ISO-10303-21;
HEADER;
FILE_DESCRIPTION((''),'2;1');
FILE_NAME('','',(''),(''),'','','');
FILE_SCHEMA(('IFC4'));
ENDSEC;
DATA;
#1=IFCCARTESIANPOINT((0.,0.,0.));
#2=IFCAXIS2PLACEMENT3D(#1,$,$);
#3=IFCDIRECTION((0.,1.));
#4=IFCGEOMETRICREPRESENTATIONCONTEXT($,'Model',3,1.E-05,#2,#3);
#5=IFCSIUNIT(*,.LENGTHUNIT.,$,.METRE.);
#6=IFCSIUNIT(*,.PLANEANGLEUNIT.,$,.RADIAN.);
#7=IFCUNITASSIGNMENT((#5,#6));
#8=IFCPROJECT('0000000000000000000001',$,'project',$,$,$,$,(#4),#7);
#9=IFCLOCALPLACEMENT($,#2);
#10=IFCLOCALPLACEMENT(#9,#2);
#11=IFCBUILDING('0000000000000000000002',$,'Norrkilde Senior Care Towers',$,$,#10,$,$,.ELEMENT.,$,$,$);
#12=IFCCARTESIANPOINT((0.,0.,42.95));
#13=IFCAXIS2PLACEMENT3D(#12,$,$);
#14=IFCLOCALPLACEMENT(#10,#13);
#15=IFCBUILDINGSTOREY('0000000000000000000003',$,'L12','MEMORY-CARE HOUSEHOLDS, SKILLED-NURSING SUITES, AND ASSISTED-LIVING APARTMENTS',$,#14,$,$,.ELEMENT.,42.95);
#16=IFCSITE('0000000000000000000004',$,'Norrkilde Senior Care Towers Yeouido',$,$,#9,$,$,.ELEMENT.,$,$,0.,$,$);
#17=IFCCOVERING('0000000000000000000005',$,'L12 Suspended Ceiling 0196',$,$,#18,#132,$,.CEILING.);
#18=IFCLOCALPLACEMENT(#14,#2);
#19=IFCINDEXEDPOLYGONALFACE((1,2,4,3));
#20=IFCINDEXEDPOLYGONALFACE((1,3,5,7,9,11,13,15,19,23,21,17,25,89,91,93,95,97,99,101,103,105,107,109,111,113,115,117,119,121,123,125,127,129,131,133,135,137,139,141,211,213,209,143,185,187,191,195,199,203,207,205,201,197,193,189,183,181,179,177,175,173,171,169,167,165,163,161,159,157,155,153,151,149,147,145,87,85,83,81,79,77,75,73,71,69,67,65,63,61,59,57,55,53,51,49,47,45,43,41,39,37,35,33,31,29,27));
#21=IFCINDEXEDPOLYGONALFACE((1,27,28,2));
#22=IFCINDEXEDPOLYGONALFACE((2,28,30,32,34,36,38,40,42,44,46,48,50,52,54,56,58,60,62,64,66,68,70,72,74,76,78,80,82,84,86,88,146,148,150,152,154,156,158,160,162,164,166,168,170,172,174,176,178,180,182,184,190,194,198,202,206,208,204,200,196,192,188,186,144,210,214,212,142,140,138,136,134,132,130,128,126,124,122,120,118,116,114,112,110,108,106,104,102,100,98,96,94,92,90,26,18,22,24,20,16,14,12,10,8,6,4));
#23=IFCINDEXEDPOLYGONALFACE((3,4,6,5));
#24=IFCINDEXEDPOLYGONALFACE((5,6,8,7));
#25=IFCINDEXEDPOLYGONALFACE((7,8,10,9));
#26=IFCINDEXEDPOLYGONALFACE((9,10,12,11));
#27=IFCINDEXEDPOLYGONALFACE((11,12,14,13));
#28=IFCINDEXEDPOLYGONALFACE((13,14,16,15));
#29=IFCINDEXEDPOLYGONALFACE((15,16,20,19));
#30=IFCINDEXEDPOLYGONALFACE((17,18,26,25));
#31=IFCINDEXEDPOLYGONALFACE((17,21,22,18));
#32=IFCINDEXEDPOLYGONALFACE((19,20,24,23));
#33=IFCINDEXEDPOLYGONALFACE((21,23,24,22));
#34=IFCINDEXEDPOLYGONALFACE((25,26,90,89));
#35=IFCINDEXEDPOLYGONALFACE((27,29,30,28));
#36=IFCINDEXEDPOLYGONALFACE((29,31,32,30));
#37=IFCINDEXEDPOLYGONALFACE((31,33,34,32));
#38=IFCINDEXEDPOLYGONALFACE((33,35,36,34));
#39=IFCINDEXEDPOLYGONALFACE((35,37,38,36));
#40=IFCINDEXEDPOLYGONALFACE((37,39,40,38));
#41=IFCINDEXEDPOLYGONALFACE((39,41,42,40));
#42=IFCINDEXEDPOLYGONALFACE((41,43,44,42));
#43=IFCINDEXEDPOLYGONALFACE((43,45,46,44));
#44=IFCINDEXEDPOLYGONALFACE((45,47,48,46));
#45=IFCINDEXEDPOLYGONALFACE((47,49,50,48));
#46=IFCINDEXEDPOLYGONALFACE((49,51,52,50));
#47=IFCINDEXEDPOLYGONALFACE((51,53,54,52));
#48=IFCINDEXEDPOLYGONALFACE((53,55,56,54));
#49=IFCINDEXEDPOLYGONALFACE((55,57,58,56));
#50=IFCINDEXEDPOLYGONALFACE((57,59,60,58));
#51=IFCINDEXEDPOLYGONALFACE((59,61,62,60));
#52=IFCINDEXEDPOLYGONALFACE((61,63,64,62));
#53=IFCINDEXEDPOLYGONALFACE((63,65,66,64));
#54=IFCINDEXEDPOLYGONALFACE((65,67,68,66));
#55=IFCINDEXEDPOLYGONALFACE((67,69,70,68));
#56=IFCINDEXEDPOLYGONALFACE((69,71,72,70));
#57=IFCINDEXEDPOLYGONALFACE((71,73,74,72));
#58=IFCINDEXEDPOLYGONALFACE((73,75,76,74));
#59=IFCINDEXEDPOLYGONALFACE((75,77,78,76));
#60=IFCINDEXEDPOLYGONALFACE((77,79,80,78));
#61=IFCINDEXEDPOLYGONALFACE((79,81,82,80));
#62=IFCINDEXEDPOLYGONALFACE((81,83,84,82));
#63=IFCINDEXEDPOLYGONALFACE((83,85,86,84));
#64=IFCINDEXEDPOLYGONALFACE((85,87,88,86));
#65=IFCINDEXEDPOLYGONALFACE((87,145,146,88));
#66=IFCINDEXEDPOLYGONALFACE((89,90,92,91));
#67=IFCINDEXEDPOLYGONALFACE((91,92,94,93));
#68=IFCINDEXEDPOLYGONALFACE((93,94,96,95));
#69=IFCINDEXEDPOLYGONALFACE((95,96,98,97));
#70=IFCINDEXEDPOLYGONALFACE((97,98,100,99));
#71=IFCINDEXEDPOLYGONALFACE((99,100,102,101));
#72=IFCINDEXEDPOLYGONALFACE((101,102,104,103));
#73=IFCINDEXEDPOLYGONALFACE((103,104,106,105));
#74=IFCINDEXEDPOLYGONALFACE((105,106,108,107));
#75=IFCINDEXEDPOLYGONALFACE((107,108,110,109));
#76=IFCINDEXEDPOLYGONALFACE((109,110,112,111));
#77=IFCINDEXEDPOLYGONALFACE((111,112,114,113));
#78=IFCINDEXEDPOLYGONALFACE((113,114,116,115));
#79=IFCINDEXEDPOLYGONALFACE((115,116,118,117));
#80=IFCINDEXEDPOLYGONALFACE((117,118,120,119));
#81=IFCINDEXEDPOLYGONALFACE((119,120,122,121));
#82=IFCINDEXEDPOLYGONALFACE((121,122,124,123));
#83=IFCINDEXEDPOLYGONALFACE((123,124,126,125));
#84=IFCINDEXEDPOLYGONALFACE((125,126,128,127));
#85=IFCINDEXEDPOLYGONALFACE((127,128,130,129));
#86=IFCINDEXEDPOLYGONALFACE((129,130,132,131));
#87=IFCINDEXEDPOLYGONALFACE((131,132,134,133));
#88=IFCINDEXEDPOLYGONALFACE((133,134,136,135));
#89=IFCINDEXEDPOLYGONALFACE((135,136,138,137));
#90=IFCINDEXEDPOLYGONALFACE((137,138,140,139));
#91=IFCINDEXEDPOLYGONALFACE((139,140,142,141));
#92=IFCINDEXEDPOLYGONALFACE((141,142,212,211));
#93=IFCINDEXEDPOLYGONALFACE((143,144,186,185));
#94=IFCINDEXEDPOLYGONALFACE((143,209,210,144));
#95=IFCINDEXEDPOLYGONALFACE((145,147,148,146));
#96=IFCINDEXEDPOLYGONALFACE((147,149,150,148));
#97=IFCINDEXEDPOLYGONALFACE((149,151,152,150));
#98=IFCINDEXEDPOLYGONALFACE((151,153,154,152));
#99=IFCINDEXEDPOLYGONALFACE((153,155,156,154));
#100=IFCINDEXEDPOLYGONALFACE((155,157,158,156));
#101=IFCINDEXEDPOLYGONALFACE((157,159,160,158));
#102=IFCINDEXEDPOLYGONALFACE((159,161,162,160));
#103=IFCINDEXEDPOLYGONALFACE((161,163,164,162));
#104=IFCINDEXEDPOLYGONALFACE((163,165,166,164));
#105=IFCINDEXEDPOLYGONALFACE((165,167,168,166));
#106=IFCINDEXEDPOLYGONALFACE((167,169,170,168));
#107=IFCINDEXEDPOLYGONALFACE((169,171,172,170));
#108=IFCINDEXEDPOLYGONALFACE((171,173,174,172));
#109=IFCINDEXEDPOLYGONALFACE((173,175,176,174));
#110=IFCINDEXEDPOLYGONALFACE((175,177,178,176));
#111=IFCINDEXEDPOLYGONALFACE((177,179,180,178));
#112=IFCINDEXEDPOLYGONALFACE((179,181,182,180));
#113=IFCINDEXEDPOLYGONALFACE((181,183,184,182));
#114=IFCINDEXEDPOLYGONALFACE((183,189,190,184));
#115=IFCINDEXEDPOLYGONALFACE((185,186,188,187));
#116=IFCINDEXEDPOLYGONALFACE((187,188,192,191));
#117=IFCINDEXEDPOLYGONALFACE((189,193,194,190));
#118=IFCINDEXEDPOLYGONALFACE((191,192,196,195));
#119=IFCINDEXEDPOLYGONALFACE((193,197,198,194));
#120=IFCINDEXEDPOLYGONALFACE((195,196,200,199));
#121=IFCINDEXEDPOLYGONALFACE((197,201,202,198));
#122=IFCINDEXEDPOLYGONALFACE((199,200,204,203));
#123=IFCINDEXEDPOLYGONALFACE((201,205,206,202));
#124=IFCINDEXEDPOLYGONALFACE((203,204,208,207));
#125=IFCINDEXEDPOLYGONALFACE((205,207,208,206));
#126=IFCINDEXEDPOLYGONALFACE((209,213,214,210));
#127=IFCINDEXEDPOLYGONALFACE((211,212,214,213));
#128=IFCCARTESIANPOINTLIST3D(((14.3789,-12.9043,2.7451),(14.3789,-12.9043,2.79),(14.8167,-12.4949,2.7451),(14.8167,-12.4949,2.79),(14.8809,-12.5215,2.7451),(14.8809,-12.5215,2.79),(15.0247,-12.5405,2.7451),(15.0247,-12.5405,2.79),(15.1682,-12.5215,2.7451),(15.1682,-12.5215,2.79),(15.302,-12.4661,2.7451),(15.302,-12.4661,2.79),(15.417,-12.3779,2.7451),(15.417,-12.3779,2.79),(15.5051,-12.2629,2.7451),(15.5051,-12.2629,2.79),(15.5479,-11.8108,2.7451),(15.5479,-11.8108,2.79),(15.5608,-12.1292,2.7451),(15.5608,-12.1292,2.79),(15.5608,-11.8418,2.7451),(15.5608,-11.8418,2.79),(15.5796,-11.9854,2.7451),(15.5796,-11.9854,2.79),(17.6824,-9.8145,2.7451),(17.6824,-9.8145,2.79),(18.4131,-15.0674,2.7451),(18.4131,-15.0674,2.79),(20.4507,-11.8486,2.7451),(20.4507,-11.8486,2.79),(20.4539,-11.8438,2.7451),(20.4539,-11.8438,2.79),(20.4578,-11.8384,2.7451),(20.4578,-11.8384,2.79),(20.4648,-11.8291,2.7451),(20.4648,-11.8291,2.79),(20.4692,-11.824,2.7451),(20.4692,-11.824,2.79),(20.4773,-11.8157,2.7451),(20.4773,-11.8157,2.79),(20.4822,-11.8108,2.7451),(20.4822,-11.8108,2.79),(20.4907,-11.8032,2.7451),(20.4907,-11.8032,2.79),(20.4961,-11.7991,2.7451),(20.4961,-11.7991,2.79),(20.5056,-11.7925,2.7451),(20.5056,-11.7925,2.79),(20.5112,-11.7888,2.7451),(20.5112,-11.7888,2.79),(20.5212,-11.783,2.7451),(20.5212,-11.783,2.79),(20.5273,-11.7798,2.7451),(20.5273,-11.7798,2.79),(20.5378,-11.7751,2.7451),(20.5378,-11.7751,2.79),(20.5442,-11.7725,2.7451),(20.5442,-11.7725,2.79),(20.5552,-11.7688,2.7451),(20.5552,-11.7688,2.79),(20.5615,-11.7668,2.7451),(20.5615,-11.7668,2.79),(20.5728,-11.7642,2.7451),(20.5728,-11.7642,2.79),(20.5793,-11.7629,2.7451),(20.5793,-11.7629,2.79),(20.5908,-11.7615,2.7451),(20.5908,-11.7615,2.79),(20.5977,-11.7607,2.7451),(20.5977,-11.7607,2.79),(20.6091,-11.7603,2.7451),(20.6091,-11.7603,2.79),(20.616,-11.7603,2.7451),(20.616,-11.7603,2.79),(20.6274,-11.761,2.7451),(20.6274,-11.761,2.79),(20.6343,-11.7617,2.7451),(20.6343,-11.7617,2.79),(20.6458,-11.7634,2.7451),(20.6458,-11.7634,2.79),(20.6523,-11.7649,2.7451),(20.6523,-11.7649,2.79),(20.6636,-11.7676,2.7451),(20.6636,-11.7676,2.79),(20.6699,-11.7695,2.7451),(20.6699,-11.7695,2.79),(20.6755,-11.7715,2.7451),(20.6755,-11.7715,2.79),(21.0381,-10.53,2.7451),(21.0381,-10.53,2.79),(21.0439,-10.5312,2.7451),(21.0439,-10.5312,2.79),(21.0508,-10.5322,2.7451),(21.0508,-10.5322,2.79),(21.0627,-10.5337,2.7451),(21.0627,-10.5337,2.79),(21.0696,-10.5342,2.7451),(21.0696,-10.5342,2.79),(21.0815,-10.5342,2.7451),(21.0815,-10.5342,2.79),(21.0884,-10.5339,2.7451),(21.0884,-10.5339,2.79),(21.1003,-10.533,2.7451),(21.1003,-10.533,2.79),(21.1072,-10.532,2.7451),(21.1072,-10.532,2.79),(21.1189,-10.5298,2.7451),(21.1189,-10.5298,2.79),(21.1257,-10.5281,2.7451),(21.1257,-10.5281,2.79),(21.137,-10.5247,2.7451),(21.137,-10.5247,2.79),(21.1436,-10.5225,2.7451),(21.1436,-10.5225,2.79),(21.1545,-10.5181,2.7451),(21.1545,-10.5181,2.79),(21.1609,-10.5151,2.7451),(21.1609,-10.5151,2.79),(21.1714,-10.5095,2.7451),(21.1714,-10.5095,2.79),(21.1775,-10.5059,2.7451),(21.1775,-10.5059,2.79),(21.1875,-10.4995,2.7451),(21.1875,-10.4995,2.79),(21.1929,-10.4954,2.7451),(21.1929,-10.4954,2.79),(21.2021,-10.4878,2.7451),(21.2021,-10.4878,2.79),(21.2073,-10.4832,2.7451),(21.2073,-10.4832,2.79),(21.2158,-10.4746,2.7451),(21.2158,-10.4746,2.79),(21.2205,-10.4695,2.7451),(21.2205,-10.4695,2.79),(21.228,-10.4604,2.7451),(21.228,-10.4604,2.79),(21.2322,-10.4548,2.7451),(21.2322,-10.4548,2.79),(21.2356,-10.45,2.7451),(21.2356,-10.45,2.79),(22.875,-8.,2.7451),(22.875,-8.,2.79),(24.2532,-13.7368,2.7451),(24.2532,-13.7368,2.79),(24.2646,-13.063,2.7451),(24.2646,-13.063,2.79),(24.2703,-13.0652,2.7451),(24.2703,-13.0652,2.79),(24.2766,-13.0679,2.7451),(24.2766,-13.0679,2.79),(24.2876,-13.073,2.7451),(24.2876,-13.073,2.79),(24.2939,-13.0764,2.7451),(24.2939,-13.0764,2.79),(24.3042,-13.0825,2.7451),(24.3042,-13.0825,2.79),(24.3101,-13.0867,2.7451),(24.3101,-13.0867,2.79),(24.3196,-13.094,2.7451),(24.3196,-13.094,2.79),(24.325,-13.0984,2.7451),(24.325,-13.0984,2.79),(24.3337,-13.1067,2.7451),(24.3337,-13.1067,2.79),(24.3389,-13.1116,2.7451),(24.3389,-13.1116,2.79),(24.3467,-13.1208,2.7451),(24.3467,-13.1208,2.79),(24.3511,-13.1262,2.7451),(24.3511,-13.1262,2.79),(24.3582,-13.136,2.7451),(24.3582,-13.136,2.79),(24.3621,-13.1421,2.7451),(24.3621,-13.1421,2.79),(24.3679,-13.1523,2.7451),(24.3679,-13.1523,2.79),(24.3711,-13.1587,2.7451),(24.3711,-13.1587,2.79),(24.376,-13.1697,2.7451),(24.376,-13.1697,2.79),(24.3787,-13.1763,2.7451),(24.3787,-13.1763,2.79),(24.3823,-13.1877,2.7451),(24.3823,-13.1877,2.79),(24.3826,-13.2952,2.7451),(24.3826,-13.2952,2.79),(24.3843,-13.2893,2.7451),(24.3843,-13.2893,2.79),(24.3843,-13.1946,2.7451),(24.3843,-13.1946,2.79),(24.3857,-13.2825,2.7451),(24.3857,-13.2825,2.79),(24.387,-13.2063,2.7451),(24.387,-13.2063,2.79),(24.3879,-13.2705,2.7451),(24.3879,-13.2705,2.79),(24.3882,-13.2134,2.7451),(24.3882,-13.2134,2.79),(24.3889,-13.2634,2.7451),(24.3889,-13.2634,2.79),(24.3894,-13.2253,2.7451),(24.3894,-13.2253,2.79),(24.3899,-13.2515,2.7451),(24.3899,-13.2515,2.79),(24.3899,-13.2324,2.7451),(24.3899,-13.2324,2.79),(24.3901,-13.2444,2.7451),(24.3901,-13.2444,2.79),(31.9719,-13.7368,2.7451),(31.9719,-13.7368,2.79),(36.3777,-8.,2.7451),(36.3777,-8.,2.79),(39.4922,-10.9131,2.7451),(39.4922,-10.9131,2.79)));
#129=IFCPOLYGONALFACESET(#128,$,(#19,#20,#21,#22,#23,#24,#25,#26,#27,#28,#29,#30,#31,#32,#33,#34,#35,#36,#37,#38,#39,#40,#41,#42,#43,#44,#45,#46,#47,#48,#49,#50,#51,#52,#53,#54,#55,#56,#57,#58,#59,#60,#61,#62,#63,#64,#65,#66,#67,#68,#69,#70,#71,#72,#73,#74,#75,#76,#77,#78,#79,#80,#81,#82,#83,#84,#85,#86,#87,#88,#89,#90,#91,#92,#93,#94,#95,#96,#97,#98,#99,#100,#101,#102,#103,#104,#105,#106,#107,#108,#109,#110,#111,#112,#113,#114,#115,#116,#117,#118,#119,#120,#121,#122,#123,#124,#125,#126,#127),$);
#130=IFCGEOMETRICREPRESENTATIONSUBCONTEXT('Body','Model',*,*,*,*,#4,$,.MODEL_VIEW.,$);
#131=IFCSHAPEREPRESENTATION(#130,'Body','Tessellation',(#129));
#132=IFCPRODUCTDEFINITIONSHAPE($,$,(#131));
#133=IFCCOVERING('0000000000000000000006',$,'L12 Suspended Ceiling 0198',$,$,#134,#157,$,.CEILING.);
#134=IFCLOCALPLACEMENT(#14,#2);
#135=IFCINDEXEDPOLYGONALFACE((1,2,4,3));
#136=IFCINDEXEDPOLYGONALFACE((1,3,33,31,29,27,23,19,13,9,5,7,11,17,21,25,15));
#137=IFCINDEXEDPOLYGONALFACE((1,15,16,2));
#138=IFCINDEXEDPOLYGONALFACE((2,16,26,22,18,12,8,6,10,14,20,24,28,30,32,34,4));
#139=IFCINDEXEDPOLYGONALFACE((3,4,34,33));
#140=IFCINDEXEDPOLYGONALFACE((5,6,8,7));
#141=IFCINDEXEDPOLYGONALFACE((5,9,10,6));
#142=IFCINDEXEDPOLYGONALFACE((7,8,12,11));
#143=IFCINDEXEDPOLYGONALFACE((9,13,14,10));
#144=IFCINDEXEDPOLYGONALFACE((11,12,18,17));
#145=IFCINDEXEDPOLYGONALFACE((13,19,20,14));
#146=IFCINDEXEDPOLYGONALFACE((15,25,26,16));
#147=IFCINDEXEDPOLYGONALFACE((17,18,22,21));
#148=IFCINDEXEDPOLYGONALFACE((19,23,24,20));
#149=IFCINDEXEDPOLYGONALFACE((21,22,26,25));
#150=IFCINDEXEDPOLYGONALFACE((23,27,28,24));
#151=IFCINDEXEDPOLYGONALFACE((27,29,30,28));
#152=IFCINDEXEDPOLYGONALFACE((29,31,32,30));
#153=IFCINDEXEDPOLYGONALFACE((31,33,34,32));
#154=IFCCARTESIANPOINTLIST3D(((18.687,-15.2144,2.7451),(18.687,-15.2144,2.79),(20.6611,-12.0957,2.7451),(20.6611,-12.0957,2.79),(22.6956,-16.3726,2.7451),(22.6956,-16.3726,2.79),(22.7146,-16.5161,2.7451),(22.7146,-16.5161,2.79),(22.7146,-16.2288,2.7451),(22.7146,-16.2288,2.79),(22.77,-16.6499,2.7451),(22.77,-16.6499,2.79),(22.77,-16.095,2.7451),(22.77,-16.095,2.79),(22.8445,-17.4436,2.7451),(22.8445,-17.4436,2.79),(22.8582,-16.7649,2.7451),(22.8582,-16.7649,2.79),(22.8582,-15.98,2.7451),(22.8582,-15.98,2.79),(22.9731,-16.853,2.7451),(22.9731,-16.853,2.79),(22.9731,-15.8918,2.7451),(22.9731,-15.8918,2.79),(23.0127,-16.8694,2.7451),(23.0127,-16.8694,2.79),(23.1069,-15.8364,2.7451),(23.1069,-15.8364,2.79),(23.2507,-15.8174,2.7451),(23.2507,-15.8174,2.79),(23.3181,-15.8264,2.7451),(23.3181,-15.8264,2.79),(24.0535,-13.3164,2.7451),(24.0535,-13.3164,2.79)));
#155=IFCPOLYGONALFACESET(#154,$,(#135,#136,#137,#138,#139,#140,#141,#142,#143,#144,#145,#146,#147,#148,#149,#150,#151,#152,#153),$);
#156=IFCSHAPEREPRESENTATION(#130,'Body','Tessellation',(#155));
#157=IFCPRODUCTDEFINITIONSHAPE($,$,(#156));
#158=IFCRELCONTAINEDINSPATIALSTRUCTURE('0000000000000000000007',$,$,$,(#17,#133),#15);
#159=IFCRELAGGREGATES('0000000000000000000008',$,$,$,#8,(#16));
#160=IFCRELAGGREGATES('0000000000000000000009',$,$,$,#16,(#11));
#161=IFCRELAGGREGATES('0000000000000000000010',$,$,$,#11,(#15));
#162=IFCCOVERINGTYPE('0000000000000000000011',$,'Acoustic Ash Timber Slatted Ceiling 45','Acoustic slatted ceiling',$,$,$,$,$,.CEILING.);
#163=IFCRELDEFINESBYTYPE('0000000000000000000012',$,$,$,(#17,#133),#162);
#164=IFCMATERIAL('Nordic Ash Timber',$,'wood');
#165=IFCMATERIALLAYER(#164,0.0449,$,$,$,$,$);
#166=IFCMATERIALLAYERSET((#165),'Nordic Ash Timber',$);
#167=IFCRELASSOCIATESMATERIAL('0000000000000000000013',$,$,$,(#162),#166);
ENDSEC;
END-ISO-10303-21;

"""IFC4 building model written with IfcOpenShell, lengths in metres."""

from ifc_helpers import new_model, si_unit, direction, frame, origin, place, context, subcontext, project, spatial, polyline, outline, extrude, material, layer, layer_set, type_object, element, save


model = new_model("IFC4")

# Units and contexts
model_context = context("Model", 3, precision=1e-05, world=origin(), true_north=direction((0.0, 1.0)))
body_context = subcontext(model_context, "Body", "Model", "MODEL_VIEW")
ifc_project = project(units=[si_unit("LENGTHUNIT", "METRE"), si_unit("PLANEANGLEUNIT", "RADIAN")], contexts=[model_context])

# Site, building, storey
site_placement = place(None, origin())
site = spatial("IfcSite", under=ifc_project, at=site_placement, Name="Norrkilde Senior Care Towers Yeouido", CompositionType="ELEMENT", RefElevation=0.0)
building_placement = place(site_placement, origin())
building = spatial("IfcBuilding", under=site, at=building_placement, Name="Norrkilde Senior Care Towers", CompositionType="ELEMENT")
storey_placement = place(building_placement, frame((0.0, 0.0, 42.95)))
storey = spatial("IfcBuildingStorey", under=building, at=storey_placement, Name="L12", Description="MEMORY-CARE HOUSEHOLDS, SKILLED-NURSING SUITES, AND ASSISTED-LIVING APARTMENTS", CompositionType="ELEMENT", Elevation=42.95)

# Coverings
ifc_material_1 = material(Name="Nordic Ash Timber", Category="wood")
ifc_layer_1 = layer(ifc_material_1, 0.0449)
ifc_layer_set_1 = layer_set([ifc_layer_1], Name="Nordic Ash Timber")
covering_type_1 = type_object("IfcCoveringType", Name="Acoustic Ash Timber Slatted Ceiling 45", Description="Acoustic slatted ceiling", PredefinedType="CEILING", material=ifc_layer_set_1)
covering_1_placement = place(storey_placement, frame((0.0, 0.0, 2.7451)))
element("IfcCovering", 1, at=covering_1_placement, inside=storey, type_object=covering_type_1, Name="L12 Suspended Ceiling 0196", PredefinedType="CEILING", context=body_context, shape_type="SweptSolid", body=[
    extrude(outline(polyline([(21.0815, -10.5342), (21.0884, -10.5339), (21.1003, -10.533), (21.1072, -10.532), (21.1189, -10.5298), (21.1257, -10.5281), (21.137, -10.5247), (21.1436, -10.5225), (21.1545, -10.5181), (21.1609, -10.5151), (21.1714, -10.5095), (21.1775, -10.5059), (21.1875, -10.4995), (21.1929, -10.4954), (21.2021, -10.4878), (21.2073, -10.4832), (21.2158, -10.4746), (21.2205, -10.4695), (21.228, -10.4604), (21.2322, -10.4548), (21.2356, -10.45), (22.875, -8.0), (36.3777, -8.0), (39.4922, -10.9131), (31.9719, -13.7368), (24.2532, -13.7368), (24.3826, -13.2952), (24.3843, -13.2893), (24.3857, -13.2825), (24.3879, -13.2705), (24.3889, -13.2634), (24.3899, -13.2515), (24.3901, -13.2444), (24.3899, -13.2324), (24.3894, -13.2253), (24.3882, -13.2134), (24.387, -13.2063), (24.3843, -13.1946), (24.3823, -13.1877), (24.3787, -13.1763), (24.376, -13.1697), (24.3711, -13.1587), (24.3679, -13.1523), (24.3621, -13.1421), (24.3582, -13.136), (24.3511, -13.1262), (24.3467, -13.1208), (24.3389, -13.1116), (24.3337, -13.1067), (24.325, -13.0984), (24.3196, -13.094), (24.3101, -13.0867), (24.3042, -13.0825), (24.2939, -13.0764), (24.2876, -13.073), (24.2766, -13.0679), (24.2703, -13.0652), (24.2646, -13.063), (20.6755, -11.7715), (20.6699, -11.7695), (20.6636, -11.7676), (20.6523, -11.7649), (20.6458, -11.7634), (20.6343, -11.7617), (20.6274, -11.761), (20.616, -11.7603), (20.6091, -11.7603), (20.5977, -11.7607), (20.5908, -11.7615), (20.5793, -11.7629), (20.5728, -11.7642), (20.5615, -11.7668), (20.5552, -11.7688), (20.5442, -11.7725), (20.5378, -11.7751), (20.5273, -11.7798), (20.5212, -11.783), (20.5112, -11.7888), (20.5056, -11.7925), (20.4961, -11.7991), (20.4907, -11.8032), (20.4822, -11.8108), (20.4773, -11.8157), (20.4692, -11.824), (20.4648, -11.8291), (20.4578, -11.8384), (20.4539, -11.8438), (20.4507, -11.8486), (18.4131, -15.0674), (14.3789, -12.9043), (14.8167, -12.4949), (14.8809, -12.5215), (15.0247, -12.5405), (15.1682, -12.5215), (15.302, -12.4661), (15.417, -12.3779), (15.5051, -12.2629), (15.5608, -12.1292), (15.5796, -11.9854), (15.5608, -11.8418), (15.5479, -11.8108), (17.6824, -9.8145), (21.0381, -10.53), (21.0439, -10.5312), (21.0508, -10.5322), (21.0627, -10.5337), (21.0696, -10.5342), (21.0815, -10.5342)])), origin(), (0.0, 0.0, 1.0), 0.0449),
])
covering_2_placement = place(storey_placement, frame((0.0, 0.0, 2.7451)))
element("IfcCovering", 2, at=covering_2_placement, inside=storey, type_object=covering_type_1, Name="L12 Suspended Ceiling 0198", PredefinedType="CEILING", context=body_context, shape_type="SweptSolid", body=[
    extrude(outline(polyline([(23.3181, -15.8264), (23.2507, -15.8174), (23.1069, -15.8364), (22.9731, -15.8918), (22.8582, -15.98), (22.77, -16.095), (22.7146, -16.2288), (22.6956, -16.3726), (22.7146, -16.5161), (22.77, -16.6499), (22.8582, -16.7649), (22.9731, -16.853), (23.0127, -16.8694), (22.8445, -17.4436), (18.687, -15.2144), (20.6611, -12.0957), (24.0535, -13.3164), (23.3181, -15.8264)])), origin(), (0.0, 0.0, 1.0), 0.0449),
])

save(model, "model.ifc")
